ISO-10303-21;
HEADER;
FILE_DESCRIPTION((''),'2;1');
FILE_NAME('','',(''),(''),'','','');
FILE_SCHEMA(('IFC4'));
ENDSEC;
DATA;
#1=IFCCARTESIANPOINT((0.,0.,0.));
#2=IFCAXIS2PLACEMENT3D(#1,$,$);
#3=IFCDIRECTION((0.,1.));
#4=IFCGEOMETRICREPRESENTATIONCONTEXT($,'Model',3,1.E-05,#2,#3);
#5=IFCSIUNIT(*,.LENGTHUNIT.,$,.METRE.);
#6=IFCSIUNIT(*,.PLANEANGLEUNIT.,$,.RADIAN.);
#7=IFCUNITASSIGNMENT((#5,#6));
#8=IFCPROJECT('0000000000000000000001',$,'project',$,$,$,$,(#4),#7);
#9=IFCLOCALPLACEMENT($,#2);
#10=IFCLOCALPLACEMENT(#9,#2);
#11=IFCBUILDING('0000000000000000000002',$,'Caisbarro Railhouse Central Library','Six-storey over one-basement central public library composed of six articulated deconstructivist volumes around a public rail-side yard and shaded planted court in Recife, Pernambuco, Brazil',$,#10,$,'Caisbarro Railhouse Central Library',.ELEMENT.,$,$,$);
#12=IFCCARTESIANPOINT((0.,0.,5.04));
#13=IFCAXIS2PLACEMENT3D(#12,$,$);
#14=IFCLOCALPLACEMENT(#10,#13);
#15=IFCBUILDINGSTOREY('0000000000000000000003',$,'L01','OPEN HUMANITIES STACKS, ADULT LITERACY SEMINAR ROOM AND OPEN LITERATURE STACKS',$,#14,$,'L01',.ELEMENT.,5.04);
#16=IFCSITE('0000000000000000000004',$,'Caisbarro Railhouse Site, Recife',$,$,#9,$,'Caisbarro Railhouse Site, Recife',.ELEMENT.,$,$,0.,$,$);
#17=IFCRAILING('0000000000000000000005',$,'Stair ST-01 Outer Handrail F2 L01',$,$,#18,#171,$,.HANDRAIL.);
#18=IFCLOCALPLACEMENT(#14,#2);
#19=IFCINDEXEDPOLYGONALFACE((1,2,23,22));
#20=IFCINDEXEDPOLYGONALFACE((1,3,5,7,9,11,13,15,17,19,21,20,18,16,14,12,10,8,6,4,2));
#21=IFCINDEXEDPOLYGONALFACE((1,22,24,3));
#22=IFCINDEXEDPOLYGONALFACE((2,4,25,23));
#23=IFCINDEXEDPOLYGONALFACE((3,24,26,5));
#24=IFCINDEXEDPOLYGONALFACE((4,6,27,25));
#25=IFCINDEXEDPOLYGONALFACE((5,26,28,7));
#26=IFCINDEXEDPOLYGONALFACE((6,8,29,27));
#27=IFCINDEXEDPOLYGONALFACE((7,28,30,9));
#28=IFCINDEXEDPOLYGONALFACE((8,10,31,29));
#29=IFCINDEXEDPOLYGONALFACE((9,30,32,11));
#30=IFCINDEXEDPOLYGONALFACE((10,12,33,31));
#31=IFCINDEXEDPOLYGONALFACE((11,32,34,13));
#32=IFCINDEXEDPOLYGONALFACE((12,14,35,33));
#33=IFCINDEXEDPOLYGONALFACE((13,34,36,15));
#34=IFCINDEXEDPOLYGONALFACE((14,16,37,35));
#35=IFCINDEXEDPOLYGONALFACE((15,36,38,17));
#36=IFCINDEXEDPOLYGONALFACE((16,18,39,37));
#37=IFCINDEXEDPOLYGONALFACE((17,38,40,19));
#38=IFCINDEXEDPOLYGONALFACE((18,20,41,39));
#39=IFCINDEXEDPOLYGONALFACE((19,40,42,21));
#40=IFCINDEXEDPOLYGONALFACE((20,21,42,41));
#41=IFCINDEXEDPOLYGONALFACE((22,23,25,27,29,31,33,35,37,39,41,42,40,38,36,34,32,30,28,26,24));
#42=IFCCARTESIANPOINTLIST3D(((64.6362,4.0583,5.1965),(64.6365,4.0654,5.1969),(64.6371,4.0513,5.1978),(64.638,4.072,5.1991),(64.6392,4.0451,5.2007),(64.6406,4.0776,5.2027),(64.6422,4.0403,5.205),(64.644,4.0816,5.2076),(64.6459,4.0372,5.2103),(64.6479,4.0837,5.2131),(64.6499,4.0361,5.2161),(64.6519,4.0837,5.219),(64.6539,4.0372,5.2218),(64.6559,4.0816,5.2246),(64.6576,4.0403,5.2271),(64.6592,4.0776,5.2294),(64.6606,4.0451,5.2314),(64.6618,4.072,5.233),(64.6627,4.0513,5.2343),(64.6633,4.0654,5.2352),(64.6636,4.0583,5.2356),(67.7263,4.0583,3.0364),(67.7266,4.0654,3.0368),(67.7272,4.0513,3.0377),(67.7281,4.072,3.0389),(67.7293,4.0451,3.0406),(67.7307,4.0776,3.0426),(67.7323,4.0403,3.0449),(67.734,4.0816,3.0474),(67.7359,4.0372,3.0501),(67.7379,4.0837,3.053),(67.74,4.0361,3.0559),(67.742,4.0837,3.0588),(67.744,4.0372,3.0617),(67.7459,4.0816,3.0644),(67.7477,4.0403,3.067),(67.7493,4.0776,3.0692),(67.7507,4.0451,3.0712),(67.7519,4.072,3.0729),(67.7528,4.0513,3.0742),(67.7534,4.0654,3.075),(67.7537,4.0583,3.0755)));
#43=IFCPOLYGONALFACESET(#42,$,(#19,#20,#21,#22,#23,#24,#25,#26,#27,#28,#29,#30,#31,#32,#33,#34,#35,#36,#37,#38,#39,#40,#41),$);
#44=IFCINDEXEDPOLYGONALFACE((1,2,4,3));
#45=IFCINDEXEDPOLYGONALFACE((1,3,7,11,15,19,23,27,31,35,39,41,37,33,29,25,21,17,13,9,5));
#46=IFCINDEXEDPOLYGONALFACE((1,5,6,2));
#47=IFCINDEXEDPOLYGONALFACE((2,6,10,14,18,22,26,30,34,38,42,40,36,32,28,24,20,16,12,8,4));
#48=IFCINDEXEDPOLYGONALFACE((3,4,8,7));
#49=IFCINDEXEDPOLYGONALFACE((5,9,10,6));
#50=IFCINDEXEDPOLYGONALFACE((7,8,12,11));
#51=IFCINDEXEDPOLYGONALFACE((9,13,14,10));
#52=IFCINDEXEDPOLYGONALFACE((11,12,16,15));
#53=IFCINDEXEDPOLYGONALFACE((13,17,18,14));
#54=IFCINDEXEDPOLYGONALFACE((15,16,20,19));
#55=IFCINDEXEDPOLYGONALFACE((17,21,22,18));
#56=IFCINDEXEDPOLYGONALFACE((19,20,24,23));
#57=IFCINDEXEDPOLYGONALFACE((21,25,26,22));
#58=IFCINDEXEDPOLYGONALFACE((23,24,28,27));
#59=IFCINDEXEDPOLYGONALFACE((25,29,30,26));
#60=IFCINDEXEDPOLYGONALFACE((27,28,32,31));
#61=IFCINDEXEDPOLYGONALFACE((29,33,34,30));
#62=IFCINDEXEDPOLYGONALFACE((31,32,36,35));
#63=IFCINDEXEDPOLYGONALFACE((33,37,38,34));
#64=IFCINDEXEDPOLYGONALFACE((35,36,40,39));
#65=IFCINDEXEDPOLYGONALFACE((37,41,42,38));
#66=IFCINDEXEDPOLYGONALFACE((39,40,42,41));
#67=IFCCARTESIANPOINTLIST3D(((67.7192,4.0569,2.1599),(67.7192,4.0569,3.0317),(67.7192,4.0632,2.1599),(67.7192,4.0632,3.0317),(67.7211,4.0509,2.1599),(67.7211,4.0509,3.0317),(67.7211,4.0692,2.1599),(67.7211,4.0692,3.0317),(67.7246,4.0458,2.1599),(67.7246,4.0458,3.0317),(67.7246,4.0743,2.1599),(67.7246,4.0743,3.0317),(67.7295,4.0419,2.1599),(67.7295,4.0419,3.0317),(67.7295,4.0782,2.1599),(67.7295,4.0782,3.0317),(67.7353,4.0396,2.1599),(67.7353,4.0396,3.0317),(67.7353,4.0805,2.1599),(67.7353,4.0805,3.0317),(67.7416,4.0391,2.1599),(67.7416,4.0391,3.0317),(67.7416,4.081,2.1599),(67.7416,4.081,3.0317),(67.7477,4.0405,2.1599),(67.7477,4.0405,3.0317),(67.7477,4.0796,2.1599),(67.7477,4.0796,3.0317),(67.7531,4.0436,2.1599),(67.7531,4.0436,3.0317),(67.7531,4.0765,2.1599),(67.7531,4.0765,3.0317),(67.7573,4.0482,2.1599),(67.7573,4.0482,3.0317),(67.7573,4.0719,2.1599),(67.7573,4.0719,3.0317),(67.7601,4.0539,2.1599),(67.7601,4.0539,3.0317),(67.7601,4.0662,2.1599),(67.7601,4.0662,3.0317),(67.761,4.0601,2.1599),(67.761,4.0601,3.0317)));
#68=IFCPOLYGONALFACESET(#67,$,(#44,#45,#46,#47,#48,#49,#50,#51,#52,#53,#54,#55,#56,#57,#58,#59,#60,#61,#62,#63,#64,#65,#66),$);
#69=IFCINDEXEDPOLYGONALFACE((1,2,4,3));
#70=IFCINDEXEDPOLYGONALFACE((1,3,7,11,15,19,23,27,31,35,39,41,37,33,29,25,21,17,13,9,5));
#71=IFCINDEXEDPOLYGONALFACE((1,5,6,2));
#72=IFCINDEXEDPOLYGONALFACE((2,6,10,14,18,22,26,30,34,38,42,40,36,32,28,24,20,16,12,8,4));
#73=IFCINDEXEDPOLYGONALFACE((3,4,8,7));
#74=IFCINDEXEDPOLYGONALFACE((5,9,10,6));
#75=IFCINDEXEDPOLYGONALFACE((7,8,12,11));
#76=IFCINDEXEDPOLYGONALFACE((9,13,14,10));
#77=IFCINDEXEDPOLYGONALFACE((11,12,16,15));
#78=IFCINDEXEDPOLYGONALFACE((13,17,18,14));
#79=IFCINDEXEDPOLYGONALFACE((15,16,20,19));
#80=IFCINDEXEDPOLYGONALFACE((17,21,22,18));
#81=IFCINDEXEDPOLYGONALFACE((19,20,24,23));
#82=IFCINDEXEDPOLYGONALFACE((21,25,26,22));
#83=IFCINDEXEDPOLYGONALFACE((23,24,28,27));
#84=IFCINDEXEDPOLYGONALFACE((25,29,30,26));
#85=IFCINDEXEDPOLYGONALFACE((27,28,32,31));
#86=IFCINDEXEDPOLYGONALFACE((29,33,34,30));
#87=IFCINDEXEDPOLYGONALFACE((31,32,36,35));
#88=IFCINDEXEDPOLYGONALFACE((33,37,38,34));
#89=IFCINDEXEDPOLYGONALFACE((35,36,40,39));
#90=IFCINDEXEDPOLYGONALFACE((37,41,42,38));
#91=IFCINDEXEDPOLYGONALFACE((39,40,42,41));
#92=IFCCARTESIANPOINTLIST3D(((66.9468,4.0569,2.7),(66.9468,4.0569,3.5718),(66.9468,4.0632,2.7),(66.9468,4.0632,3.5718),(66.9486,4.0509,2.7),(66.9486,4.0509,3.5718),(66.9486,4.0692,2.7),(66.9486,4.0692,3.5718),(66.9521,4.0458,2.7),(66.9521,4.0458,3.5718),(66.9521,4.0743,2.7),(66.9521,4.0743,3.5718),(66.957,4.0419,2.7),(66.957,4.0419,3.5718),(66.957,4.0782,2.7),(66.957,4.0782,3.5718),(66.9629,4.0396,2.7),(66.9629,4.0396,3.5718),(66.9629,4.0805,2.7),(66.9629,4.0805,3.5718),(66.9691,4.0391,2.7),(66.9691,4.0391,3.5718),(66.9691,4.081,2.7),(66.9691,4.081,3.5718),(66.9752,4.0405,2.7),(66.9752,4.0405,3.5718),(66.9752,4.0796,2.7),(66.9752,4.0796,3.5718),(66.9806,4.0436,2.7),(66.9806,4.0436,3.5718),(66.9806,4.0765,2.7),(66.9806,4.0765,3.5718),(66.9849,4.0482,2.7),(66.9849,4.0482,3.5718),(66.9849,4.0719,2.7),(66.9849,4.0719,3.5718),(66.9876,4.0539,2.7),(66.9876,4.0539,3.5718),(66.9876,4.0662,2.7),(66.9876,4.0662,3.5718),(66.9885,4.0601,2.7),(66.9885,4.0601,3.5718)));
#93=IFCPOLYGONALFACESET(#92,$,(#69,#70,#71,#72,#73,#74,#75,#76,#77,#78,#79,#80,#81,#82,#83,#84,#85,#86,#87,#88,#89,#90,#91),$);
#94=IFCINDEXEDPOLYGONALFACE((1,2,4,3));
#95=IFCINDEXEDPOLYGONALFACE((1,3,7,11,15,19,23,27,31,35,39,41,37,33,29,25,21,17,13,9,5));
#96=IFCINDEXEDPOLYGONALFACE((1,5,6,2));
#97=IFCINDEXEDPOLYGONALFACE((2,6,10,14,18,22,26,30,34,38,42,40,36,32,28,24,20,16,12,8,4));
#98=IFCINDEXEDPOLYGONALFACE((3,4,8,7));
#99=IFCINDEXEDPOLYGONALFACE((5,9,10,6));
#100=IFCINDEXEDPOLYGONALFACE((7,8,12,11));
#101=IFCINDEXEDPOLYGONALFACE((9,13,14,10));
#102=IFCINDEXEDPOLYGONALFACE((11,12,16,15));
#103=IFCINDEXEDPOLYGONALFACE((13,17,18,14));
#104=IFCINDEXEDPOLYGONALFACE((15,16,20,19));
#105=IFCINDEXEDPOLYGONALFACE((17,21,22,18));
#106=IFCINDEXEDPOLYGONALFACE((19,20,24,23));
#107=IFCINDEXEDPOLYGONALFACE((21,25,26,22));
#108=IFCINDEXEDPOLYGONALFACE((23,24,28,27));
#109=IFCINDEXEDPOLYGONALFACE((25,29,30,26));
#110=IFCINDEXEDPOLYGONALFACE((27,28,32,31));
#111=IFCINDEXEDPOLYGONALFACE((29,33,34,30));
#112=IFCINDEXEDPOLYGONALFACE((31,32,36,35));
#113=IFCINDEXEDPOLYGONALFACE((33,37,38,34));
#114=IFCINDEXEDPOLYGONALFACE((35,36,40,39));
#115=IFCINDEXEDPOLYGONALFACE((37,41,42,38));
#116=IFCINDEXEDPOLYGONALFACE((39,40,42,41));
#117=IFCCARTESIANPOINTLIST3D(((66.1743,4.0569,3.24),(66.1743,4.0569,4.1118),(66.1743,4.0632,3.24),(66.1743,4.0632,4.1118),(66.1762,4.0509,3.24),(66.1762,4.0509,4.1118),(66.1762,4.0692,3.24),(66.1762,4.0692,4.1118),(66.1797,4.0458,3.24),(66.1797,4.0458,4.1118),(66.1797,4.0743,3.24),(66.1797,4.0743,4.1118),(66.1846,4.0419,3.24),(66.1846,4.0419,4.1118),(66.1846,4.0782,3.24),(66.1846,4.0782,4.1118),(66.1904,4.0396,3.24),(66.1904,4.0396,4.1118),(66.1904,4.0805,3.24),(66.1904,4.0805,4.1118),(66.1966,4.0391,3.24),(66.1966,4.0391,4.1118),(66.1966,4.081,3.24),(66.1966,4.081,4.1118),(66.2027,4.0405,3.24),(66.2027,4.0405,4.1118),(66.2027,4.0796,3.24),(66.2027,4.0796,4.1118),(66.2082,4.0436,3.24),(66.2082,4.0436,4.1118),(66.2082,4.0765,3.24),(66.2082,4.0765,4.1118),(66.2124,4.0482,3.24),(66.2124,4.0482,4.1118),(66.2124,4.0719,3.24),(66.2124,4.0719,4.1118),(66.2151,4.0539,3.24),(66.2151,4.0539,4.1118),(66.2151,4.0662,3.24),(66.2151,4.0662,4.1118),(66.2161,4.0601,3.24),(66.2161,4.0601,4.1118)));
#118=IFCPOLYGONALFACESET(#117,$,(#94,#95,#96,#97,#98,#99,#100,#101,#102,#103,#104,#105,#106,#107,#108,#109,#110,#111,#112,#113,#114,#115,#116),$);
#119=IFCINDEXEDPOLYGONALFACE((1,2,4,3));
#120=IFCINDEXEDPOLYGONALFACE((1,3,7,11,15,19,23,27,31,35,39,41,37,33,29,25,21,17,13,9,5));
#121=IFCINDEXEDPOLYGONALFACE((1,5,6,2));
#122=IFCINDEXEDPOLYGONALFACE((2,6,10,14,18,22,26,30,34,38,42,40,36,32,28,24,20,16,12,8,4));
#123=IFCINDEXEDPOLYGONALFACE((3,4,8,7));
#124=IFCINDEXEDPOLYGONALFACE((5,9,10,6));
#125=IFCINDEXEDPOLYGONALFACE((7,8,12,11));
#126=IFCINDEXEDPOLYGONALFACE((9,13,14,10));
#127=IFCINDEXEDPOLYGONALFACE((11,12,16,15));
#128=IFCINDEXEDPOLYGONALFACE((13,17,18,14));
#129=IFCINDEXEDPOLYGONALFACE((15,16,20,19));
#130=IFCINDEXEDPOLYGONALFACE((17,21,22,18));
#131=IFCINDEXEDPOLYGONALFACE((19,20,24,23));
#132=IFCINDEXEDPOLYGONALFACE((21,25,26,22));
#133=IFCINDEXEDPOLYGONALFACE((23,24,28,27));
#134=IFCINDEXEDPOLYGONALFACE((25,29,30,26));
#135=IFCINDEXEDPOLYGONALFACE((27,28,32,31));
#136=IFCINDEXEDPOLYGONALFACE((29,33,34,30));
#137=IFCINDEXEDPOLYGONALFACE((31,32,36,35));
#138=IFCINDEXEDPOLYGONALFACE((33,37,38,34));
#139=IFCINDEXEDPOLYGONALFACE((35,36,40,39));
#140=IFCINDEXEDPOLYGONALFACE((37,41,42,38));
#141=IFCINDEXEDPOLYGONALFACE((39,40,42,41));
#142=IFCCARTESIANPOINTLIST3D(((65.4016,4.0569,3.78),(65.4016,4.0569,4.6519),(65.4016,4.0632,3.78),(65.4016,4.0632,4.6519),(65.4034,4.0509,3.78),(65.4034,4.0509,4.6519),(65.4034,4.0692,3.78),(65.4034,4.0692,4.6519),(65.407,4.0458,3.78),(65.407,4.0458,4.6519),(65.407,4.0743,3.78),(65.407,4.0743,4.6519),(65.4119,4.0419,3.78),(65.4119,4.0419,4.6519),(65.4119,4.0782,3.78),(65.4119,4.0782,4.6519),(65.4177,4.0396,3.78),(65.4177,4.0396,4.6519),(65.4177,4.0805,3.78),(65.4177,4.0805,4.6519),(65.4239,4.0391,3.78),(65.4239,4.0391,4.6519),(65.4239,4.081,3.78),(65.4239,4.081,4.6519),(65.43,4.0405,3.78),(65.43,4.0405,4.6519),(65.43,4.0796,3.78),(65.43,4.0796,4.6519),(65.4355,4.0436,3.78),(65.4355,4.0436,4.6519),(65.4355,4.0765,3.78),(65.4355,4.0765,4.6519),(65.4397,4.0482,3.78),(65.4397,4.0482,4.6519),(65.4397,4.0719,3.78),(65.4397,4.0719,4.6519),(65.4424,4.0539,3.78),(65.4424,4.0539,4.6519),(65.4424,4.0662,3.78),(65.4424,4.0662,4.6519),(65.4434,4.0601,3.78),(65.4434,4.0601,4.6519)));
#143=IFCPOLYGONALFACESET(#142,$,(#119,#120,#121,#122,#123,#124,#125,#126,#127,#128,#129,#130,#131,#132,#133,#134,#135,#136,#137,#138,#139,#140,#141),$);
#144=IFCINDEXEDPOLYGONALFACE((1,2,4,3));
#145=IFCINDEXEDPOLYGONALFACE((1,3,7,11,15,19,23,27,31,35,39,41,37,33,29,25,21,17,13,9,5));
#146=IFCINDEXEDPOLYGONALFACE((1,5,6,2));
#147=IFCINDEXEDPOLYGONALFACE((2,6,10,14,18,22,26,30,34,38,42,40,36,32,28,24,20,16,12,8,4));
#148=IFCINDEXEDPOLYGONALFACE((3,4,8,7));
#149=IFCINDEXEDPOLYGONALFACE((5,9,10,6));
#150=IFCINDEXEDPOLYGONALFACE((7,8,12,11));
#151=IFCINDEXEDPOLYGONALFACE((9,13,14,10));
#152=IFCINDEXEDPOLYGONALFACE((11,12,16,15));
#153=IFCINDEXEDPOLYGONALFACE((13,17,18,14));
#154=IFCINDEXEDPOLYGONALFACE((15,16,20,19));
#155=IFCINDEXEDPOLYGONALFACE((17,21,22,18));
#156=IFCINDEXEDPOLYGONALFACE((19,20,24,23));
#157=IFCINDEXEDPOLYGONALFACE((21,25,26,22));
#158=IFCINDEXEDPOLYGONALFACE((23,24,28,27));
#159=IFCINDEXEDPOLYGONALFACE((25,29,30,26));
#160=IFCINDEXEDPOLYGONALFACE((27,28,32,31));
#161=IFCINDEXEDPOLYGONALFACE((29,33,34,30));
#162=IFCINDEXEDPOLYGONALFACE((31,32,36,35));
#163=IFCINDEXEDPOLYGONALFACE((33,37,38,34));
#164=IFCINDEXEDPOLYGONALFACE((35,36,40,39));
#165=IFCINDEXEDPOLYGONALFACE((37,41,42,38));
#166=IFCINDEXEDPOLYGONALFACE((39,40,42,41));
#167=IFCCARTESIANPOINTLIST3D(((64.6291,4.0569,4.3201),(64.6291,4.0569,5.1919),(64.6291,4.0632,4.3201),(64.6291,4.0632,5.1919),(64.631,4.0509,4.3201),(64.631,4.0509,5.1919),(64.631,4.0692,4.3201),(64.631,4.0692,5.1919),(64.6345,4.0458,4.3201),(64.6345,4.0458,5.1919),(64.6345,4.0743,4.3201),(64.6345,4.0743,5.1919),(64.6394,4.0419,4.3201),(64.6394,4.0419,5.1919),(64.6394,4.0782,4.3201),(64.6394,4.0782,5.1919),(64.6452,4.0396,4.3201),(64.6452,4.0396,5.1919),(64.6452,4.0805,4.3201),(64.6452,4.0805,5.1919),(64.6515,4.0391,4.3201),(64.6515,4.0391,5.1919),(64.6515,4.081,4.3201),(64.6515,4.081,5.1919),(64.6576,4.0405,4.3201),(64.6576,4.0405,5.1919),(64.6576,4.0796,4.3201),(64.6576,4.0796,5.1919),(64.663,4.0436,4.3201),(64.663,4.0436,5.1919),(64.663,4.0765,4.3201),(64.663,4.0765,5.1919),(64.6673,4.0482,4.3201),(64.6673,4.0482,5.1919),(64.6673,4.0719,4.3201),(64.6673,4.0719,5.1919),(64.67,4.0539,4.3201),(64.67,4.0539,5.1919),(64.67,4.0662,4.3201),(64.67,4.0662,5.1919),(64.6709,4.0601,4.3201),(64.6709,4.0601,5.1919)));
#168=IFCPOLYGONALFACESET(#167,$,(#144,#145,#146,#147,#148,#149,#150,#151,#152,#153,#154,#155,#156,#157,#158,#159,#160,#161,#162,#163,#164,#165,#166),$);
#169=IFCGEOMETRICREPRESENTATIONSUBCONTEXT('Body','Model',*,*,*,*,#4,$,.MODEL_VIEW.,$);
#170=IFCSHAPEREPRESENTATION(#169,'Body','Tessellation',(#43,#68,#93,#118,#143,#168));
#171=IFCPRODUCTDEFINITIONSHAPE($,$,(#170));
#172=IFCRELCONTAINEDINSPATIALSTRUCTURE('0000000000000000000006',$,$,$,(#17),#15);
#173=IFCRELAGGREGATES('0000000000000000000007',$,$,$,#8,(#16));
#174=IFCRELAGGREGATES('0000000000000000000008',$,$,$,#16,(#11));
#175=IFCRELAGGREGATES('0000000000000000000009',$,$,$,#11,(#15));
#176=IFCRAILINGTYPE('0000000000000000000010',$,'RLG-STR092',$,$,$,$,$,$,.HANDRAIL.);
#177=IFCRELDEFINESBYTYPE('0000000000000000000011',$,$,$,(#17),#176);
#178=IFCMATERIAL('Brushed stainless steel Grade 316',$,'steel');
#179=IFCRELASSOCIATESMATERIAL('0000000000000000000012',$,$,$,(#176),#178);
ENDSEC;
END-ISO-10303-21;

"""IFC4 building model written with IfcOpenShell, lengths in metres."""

from ifc_helpers import new_model, si_unit, direction, frame, origin, origin_2d, place, context, subcontext, project, spatial, circle, extrude, material, type_object, element, save


model = new_model("IFC4")

# Units and contexts
model_context = context("Model", 3, precision=1e-05, world=origin(), true_north=direction((0.0, 1.0)))
body_context = subcontext(model_context, "Body", "Model", "MODEL_VIEW")
ifc_project = project(units=[si_unit("LENGTHUNIT", "METRE"), si_unit("PLANEANGLEUNIT", "RADIAN")], contexts=[model_context])

# Site, building, storey
site_placement = place(None, origin())
site = spatial("IfcSite", under=ifc_project, at=site_placement, Name="Caisbarro Railhouse Site, Recife", LongName="Caisbarro Railhouse Site, Recife", CompositionType="ELEMENT", RefElevation=0.0)
building_placement = place(site_placement, origin())
building = spatial("IfcBuilding", under=site, at=building_placement, Name="Caisbarro Railhouse Central Library", Description="Six-storey over one-basement central public library composed of six articulated deconstructivist volumes around a public rail-side yard and shaded planted court in Recife, Pernambuco, Brazil", LongName="Caisbarro Railhouse Central Library", CompositionType="ELEMENT")
storey_placement = place(building_placement, frame((0.0, 0.0, 5.04)))
storey = spatial("IfcBuildingStorey", under=building, at=storey_placement, Name="L01", Description="OPEN HUMANITIES STACKS, ADULT LITERACY SEMINAR ROOM AND OPEN LITERATURE STACKS", LongName="L01", CompositionType="ELEMENT", Elevation=5.04)

# Railing
ifc_material_1 = material(Name="Brushed stainless steel Grade 316", Category="steel")
railing_type_1 = type_object("IfcRailingType", Name="RLG-STR092", PredefinedType="HANDRAIL", material=ifc_material_1)
railing_1_placement = place(storey_placement, frame((67.74, 4.0601, 2.1599)))
element("IfcRailing", 1, at=railing_1_placement, inside=storey, type_object=railing_type_1, Name="Stair ST-01 Outer Handrail F2 L01", PredefinedType="HANDRAIL", context=body_context, shape_type="SweptSolid", body=[
    extrude(circle(Radius=0.0239, at=origin_2d()), frame((0.0, 0.0, 0.896), z_axis=(-0.819594, 0.0, 0.572945), x_axis=(0.0, -1.0, 0.0)), (0.0, 0.0, 1.0), 3.7703),
    extrude(circle(Radius=0.021, at=origin_2d()), origin(), (0.0, 0.0, 1.0), 0.8718),
    extrude(circle(Radius=0.021, at=origin_2d()), frame((-0.7725, 0.0, 0.54)), (0.0, 0.0, 1.0), 0.8718),
    extrude(circle(Radius=0.021, at=origin_2d()), frame((-1.5449, 0.0, 1.0801)), (0.0, 0.0, 1.0), 0.8718),
    extrude(circle(Radius=0.021, at=origin_2d()), frame((-2.3176, 0.0, 1.6201)), (0.0, 0.0, 1.0), 0.8718),
    extrude(circle(Radius=0.021, at=origin_2d()), frame((-3.0901, 0.0, 2.1602)), (0.0, 0.0, 1.0), 0.8718),
])

save(model, "model.ifc")
